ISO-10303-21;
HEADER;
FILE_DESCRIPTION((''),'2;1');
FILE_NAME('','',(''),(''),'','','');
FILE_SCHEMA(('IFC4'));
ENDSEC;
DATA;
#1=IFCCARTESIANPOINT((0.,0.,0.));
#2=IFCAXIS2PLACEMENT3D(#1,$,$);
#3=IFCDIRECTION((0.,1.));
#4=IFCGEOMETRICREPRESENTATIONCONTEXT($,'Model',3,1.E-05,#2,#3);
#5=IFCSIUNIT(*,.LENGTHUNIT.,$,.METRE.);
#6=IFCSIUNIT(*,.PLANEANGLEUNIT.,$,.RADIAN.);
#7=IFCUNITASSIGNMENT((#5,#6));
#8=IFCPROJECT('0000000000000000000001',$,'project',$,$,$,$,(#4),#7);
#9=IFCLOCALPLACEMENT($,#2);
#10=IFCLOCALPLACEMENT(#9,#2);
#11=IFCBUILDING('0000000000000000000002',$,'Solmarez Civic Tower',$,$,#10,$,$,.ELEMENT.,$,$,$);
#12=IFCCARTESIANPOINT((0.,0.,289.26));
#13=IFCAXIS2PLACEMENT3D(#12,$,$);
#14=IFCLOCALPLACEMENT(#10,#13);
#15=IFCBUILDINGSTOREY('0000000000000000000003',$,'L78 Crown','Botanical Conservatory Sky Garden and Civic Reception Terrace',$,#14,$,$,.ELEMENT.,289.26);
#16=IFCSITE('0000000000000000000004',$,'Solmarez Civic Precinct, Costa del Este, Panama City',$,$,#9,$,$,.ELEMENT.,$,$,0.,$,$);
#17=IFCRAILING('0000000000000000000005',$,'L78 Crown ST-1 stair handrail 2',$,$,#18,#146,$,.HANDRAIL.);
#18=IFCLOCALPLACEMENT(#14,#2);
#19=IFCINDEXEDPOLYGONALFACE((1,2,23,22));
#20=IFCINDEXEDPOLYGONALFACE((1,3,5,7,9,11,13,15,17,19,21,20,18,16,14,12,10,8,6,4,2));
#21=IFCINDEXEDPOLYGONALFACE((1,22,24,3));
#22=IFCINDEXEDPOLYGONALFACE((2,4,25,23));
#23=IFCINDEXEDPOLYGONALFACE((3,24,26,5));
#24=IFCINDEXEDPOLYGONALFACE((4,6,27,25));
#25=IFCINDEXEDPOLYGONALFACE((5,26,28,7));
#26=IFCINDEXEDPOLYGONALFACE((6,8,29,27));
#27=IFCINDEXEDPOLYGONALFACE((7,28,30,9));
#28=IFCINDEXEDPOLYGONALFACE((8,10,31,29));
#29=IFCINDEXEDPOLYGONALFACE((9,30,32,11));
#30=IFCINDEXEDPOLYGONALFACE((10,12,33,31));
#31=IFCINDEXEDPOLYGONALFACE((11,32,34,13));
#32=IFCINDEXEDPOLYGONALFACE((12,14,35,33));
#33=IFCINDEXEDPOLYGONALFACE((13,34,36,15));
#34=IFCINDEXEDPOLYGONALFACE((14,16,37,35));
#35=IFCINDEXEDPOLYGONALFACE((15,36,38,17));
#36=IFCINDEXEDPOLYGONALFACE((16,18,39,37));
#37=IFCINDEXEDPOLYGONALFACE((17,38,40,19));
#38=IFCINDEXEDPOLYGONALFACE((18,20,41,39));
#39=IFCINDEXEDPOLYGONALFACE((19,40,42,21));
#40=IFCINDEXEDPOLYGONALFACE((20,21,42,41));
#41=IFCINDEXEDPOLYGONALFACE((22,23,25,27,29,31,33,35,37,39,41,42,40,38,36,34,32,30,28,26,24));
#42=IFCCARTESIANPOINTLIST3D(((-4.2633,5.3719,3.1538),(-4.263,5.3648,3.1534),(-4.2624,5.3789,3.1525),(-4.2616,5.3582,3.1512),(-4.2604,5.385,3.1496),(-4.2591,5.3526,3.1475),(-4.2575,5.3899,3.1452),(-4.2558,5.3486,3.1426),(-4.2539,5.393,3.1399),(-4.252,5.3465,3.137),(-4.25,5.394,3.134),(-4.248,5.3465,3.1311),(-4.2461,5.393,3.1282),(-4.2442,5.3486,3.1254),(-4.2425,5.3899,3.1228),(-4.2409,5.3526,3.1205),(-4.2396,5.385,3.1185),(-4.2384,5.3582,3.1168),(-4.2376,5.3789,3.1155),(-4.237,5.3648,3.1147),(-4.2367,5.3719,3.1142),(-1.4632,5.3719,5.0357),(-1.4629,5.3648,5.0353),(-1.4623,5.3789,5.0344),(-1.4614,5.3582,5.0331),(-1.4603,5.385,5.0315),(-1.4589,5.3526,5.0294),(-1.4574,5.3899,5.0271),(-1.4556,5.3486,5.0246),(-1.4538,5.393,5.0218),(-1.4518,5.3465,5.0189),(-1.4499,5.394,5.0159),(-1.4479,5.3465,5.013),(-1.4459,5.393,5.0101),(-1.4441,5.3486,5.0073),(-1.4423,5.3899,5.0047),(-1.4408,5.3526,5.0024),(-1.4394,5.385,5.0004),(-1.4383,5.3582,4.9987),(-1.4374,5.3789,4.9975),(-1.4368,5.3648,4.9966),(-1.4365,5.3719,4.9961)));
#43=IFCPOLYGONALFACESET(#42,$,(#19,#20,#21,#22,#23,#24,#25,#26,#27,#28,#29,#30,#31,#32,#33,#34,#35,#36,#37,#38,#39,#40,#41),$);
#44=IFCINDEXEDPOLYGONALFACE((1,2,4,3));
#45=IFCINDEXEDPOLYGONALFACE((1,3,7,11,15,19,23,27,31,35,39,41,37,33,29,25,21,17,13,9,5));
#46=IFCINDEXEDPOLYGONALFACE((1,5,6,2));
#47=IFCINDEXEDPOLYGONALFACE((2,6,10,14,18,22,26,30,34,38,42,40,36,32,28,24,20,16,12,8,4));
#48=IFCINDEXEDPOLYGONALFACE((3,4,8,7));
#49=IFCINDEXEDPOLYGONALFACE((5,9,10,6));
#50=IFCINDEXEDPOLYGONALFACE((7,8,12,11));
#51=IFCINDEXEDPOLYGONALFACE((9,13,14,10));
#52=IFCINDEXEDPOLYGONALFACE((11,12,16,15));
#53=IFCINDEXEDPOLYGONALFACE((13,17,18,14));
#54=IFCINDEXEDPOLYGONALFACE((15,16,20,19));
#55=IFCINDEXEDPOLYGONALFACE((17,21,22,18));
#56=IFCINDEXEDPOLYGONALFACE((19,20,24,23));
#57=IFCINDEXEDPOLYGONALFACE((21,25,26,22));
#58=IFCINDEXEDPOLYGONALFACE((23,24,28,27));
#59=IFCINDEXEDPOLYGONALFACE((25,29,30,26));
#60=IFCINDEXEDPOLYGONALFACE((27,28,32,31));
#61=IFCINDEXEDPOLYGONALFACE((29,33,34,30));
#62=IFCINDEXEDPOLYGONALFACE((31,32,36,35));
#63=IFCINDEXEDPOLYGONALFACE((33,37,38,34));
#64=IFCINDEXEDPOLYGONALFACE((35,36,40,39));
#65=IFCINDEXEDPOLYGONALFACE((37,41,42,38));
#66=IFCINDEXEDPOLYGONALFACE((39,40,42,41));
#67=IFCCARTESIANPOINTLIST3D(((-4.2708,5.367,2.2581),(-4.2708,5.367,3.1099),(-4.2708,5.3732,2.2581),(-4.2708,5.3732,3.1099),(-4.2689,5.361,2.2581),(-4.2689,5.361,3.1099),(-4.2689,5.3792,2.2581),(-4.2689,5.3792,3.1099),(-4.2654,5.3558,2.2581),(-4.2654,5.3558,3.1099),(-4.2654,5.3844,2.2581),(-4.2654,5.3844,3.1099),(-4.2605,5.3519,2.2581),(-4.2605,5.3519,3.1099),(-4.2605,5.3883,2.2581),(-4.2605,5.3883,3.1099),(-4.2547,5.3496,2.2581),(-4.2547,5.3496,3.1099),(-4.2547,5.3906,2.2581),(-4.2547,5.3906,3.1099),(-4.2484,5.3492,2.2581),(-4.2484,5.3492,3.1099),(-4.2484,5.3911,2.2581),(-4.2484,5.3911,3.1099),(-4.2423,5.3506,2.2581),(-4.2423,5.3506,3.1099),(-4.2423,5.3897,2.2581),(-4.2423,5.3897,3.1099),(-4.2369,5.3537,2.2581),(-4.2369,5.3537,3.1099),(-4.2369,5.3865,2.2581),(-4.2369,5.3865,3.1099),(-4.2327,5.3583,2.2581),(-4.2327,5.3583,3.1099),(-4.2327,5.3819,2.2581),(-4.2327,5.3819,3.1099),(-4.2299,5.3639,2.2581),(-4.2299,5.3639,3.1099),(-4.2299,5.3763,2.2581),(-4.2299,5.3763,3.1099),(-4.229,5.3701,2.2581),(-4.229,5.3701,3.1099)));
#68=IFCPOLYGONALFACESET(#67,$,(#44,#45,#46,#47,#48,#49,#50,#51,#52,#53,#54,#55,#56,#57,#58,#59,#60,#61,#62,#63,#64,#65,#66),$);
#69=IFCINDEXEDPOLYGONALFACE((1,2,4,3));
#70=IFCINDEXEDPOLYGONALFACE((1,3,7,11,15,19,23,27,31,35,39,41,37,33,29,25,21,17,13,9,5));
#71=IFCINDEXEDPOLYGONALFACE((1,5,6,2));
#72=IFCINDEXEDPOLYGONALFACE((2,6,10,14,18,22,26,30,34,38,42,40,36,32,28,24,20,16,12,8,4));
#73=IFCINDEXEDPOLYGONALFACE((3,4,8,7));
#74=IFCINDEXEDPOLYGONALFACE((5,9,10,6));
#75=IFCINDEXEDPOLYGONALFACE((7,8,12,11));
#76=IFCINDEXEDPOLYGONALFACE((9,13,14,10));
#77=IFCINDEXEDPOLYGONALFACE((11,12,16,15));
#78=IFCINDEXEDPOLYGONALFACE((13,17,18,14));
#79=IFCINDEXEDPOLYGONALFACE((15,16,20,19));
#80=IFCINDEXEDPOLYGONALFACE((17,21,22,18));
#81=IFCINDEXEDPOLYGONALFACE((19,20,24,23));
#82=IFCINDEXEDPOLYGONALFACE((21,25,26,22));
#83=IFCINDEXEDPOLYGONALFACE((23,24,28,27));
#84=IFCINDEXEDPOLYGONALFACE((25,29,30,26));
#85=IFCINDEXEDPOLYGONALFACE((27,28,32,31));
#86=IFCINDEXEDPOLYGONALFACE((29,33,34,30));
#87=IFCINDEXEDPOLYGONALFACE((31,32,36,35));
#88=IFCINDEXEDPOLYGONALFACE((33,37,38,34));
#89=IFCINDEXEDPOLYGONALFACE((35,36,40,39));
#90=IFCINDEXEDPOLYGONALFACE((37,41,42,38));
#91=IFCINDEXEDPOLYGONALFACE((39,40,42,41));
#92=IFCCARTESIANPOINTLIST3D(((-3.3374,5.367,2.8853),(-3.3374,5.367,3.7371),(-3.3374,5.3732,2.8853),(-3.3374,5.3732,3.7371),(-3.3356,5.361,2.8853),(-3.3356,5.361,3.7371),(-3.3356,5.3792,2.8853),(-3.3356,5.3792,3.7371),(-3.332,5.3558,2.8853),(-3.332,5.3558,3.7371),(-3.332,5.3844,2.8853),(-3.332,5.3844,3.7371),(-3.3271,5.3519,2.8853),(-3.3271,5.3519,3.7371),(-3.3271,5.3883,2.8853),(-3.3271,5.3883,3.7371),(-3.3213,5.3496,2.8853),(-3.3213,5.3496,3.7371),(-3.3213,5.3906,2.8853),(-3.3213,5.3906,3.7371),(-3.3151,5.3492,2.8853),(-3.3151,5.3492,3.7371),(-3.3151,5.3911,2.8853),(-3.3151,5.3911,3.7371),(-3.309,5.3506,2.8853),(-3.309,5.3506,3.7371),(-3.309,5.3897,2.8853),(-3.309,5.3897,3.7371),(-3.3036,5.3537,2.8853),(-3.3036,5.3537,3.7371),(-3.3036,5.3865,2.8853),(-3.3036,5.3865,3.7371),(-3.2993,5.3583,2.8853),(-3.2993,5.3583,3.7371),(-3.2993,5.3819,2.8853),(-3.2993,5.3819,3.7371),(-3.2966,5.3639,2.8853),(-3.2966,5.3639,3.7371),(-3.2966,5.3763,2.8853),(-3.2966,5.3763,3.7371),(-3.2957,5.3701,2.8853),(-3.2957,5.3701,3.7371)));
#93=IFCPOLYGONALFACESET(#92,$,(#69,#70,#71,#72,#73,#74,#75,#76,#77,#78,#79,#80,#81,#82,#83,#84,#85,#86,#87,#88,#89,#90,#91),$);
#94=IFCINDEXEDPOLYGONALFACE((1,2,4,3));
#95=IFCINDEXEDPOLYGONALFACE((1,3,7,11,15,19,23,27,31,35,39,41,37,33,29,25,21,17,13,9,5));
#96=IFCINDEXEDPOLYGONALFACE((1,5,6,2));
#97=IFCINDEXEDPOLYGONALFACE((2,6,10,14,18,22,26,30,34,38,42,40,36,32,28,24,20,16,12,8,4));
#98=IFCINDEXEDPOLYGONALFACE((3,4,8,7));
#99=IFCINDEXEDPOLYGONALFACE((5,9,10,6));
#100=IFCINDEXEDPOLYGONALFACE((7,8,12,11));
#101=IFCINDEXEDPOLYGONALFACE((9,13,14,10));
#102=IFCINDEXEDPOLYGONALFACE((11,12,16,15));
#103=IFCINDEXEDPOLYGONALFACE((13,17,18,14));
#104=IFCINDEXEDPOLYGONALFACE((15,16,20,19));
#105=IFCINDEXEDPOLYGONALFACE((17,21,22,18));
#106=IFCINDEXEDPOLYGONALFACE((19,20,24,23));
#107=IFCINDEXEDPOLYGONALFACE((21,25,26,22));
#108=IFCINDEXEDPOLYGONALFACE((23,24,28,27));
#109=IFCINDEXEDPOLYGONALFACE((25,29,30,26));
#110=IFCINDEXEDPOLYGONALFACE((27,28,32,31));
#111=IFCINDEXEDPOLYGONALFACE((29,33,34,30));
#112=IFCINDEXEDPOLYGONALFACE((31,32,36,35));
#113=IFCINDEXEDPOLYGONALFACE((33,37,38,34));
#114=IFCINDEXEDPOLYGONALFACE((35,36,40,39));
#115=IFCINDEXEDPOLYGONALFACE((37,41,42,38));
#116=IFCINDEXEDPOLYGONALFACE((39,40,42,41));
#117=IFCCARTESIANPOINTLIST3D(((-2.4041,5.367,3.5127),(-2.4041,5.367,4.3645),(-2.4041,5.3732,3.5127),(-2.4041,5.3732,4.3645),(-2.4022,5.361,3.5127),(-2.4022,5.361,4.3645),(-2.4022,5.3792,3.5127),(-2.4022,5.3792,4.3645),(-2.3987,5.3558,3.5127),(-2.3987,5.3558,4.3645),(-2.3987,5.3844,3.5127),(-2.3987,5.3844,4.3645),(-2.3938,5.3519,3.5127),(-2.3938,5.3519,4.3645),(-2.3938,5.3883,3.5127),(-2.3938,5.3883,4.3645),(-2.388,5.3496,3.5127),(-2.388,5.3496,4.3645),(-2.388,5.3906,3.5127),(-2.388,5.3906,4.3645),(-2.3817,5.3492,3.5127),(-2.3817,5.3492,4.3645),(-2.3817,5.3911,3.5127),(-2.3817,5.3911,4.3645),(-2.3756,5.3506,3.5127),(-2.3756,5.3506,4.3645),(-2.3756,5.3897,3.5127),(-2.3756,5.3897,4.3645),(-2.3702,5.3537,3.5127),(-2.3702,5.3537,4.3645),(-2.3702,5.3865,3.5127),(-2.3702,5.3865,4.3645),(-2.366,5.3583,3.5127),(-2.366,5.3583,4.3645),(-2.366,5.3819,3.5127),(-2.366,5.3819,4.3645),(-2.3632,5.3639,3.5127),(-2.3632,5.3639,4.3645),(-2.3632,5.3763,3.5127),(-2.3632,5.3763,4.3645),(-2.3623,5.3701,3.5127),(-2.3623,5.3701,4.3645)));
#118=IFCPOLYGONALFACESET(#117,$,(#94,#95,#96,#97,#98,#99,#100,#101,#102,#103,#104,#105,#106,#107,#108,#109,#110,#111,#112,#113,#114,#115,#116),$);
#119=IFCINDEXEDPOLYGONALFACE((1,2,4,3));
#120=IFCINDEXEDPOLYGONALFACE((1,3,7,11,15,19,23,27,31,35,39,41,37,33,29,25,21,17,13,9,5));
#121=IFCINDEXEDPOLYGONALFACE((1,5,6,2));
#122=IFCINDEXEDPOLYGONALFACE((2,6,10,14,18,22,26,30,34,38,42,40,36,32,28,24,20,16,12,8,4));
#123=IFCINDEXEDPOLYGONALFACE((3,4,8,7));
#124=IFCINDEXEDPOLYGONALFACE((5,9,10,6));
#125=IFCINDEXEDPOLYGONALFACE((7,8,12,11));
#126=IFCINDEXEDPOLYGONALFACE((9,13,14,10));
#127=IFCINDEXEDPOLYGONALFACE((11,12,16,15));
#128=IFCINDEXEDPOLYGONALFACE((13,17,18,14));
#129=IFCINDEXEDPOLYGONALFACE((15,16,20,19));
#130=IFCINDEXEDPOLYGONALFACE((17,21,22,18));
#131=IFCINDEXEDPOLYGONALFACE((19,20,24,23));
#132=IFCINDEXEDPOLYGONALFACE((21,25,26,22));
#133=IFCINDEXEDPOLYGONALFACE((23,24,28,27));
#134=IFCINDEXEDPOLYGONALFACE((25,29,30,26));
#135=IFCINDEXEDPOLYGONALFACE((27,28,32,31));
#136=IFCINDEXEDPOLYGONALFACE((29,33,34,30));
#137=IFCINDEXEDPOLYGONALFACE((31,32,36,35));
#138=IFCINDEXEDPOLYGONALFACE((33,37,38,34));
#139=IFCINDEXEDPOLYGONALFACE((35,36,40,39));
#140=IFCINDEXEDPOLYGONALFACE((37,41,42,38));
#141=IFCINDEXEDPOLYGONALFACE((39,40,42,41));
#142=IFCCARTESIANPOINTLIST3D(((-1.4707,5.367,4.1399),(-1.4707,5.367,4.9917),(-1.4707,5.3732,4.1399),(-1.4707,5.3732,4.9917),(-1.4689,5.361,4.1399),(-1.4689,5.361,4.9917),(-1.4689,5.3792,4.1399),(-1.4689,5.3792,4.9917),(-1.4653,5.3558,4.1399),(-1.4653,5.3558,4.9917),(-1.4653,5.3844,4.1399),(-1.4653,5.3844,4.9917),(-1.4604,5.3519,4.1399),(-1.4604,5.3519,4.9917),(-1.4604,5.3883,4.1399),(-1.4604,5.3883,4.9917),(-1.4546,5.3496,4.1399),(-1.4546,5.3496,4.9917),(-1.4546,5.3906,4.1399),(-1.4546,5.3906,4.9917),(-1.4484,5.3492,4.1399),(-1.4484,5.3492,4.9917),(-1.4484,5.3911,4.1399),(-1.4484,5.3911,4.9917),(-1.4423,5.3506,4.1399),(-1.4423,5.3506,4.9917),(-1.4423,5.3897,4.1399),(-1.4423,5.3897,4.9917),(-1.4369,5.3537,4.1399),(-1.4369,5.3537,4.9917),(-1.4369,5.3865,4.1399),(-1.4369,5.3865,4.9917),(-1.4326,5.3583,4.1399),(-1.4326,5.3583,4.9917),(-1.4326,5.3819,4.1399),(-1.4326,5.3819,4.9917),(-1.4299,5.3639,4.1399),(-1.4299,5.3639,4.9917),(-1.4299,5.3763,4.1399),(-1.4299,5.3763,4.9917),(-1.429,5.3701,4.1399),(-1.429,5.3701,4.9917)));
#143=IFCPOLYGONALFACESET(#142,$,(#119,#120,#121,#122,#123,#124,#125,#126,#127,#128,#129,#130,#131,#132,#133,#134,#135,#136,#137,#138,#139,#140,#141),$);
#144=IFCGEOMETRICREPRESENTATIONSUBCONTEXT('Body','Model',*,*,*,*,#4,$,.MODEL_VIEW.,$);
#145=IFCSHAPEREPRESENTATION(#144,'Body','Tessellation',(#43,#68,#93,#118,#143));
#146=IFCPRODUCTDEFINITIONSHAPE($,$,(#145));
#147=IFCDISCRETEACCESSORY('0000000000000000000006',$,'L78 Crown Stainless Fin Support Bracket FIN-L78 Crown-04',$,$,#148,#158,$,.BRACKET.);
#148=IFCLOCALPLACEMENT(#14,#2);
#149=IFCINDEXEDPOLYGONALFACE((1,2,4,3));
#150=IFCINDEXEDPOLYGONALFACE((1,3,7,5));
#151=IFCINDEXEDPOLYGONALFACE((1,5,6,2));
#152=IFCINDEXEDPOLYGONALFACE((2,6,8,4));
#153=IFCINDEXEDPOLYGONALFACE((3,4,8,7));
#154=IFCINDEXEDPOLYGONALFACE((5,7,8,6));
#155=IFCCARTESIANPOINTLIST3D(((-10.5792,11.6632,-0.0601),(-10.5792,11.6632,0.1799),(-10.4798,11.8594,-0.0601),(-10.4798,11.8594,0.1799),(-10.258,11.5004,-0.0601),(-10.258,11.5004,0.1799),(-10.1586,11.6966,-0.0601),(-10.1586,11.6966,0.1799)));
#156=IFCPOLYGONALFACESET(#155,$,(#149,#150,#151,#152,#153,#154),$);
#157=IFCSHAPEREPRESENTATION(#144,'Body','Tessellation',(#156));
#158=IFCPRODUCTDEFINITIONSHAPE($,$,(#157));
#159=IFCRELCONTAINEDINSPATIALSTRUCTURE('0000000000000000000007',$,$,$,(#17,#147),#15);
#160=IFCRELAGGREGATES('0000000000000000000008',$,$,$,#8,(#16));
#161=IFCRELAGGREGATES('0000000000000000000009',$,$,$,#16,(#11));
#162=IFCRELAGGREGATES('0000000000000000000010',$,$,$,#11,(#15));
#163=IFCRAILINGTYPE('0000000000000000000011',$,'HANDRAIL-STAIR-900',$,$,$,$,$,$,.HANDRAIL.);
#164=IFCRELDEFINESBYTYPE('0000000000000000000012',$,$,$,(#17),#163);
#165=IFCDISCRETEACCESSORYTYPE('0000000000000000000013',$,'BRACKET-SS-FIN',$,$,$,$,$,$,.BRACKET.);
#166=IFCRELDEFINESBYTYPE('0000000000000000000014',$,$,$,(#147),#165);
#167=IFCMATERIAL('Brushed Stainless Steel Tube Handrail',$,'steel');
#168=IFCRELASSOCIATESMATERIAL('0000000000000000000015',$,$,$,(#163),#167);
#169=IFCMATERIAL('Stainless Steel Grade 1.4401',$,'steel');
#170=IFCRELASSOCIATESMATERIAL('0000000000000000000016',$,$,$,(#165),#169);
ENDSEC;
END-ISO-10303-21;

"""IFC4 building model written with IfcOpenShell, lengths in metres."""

from ifc_helpers import new_model, si_unit, direction, frame, origin, origin_2d, place, context, subcontext, project, spatial, rectangle, circle, extrude, material, type_object, element, save


model = new_model("IFC4")

# Units and contexts
model_context = context("Model", 3, precision=1e-05, world=origin(), true_north=direction((0.0, 1.0)))
body_context = subcontext(model_context, "Body", "Model", "MODEL_VIEW")
ifc_project = project(units=[si_unit("LENGTHUNIT", "METRE"), si_unit("PLANEANGLEUNIT", "RADIAN")], contexts=[model_context])

# Site, building, storey
site_placement = place(None, origin())
site = spatial("IfcSite", under=ifc_project, at=site_placement, Name="Solmarez Civic Precinct, Costa del Este, Panama City", CompositionType="ELEMENT", RefElevation=0.0)
building_placement = place(site_placement, origin())
building = spatial("IfcBuilding", under=site, at=building_placement, Name="Solmarez Civic Tower", CompositionType="ELEMENT")
storey_placement = place(building_placement, frame((0.0, 0.0, 289.26)))
storey = spatial("IfcBuildingStorey", under=building, at=storey_placement, Name="L78 Crown", Description="Botanical Conservatory Sky Garden and Civic Reception Terrace", CompositionType="ELEMENT", Elevation=289.26)

# Railing
ifc_material_1 = material(Name="Brushed Stainless Steel Tube Handrail", Category="steel")
railing_type_1 = type_object("IfcRailingType", Name="HANDRAIL-STAIR-900", PredefinedType="HANDRAIL", material=ifc_material_1)
railing_1_placement = place(storey_placement, frame((-4.25, 5.3701, 2.2581)))
element("IfcRailing", 1, at=railing_1_placement, inside=storey, type_object=railing_type_1, Name="L78 Crown ST-1 stair handrail 2", PredefinedType="HANDRAIL", context=body_context, shape_type="SweptSolid", body=[
    extrude(circle(Radius=0.0239, at=origin_2d()), frame((0.0, 0.0, 0.876), z_axis=(0.829974, 0.0, 0.557803), x_axis=(0.0, 1.0, 0.0)), (0.0, 0.0, 1.0), 3.3738),
    extrude(circle(Radius=0.021, at=origin_2d()), origin(), (0.0, 0.0, 1.0), 0.8518),
    extrude(circle(Radius=0.021, at=origin_2d()), frame((0.9333, 0.0, 0.6272)), (0.0, 0.0, 1.0), 0.8518),
    extrude(circle(Radius=0.021, at=origin_2d()), frame((1.8667, 0.0, 1.2546)), (0.0, 0.0, 1.0), 0.8518),
    extrude(circle(Radius=0.021, at=origin_2d()), frame((2.8, 0.0, 1.8818)), (0.0, 0.0, 1.0), 0.8518),
])

# Discrete accessory
ifc_material_2 = material(Name="Stainless Steel Grade 1.4401", Category="steel")
discrete_accessory_type = type_object("IfcDiscreteAccessoryType", Name="BRACKET-SS-FIN", PredefinedType="BRACKET", material=ifc_material_2)
discrete_accessory_placement = place(storey_placement, frame((-10.3689, 11.6799, -0.0601), z_axis=(0.0, 0.0, 1.0), x_axis=(-0.89194, 0.452155, 0.0)))
element("IfcDiscreteAccessory", 2, at=discrete_accessory_placement, inside=storey, type_object=discrete_accessory_type, Name="L78 Crown Stainless Fin Support Bracket FIN-L78 Crown-04", PredefinedType="BRACKET", context=body_context, shape_type="SweptSolid", body=[
    extrude(rectangle(XDim=0.3601, YDim=0.22, at=origin_2d()), origin(), (0.0, 0.0, 1.0), 0.24),
])

save(model, "model.ifc")
